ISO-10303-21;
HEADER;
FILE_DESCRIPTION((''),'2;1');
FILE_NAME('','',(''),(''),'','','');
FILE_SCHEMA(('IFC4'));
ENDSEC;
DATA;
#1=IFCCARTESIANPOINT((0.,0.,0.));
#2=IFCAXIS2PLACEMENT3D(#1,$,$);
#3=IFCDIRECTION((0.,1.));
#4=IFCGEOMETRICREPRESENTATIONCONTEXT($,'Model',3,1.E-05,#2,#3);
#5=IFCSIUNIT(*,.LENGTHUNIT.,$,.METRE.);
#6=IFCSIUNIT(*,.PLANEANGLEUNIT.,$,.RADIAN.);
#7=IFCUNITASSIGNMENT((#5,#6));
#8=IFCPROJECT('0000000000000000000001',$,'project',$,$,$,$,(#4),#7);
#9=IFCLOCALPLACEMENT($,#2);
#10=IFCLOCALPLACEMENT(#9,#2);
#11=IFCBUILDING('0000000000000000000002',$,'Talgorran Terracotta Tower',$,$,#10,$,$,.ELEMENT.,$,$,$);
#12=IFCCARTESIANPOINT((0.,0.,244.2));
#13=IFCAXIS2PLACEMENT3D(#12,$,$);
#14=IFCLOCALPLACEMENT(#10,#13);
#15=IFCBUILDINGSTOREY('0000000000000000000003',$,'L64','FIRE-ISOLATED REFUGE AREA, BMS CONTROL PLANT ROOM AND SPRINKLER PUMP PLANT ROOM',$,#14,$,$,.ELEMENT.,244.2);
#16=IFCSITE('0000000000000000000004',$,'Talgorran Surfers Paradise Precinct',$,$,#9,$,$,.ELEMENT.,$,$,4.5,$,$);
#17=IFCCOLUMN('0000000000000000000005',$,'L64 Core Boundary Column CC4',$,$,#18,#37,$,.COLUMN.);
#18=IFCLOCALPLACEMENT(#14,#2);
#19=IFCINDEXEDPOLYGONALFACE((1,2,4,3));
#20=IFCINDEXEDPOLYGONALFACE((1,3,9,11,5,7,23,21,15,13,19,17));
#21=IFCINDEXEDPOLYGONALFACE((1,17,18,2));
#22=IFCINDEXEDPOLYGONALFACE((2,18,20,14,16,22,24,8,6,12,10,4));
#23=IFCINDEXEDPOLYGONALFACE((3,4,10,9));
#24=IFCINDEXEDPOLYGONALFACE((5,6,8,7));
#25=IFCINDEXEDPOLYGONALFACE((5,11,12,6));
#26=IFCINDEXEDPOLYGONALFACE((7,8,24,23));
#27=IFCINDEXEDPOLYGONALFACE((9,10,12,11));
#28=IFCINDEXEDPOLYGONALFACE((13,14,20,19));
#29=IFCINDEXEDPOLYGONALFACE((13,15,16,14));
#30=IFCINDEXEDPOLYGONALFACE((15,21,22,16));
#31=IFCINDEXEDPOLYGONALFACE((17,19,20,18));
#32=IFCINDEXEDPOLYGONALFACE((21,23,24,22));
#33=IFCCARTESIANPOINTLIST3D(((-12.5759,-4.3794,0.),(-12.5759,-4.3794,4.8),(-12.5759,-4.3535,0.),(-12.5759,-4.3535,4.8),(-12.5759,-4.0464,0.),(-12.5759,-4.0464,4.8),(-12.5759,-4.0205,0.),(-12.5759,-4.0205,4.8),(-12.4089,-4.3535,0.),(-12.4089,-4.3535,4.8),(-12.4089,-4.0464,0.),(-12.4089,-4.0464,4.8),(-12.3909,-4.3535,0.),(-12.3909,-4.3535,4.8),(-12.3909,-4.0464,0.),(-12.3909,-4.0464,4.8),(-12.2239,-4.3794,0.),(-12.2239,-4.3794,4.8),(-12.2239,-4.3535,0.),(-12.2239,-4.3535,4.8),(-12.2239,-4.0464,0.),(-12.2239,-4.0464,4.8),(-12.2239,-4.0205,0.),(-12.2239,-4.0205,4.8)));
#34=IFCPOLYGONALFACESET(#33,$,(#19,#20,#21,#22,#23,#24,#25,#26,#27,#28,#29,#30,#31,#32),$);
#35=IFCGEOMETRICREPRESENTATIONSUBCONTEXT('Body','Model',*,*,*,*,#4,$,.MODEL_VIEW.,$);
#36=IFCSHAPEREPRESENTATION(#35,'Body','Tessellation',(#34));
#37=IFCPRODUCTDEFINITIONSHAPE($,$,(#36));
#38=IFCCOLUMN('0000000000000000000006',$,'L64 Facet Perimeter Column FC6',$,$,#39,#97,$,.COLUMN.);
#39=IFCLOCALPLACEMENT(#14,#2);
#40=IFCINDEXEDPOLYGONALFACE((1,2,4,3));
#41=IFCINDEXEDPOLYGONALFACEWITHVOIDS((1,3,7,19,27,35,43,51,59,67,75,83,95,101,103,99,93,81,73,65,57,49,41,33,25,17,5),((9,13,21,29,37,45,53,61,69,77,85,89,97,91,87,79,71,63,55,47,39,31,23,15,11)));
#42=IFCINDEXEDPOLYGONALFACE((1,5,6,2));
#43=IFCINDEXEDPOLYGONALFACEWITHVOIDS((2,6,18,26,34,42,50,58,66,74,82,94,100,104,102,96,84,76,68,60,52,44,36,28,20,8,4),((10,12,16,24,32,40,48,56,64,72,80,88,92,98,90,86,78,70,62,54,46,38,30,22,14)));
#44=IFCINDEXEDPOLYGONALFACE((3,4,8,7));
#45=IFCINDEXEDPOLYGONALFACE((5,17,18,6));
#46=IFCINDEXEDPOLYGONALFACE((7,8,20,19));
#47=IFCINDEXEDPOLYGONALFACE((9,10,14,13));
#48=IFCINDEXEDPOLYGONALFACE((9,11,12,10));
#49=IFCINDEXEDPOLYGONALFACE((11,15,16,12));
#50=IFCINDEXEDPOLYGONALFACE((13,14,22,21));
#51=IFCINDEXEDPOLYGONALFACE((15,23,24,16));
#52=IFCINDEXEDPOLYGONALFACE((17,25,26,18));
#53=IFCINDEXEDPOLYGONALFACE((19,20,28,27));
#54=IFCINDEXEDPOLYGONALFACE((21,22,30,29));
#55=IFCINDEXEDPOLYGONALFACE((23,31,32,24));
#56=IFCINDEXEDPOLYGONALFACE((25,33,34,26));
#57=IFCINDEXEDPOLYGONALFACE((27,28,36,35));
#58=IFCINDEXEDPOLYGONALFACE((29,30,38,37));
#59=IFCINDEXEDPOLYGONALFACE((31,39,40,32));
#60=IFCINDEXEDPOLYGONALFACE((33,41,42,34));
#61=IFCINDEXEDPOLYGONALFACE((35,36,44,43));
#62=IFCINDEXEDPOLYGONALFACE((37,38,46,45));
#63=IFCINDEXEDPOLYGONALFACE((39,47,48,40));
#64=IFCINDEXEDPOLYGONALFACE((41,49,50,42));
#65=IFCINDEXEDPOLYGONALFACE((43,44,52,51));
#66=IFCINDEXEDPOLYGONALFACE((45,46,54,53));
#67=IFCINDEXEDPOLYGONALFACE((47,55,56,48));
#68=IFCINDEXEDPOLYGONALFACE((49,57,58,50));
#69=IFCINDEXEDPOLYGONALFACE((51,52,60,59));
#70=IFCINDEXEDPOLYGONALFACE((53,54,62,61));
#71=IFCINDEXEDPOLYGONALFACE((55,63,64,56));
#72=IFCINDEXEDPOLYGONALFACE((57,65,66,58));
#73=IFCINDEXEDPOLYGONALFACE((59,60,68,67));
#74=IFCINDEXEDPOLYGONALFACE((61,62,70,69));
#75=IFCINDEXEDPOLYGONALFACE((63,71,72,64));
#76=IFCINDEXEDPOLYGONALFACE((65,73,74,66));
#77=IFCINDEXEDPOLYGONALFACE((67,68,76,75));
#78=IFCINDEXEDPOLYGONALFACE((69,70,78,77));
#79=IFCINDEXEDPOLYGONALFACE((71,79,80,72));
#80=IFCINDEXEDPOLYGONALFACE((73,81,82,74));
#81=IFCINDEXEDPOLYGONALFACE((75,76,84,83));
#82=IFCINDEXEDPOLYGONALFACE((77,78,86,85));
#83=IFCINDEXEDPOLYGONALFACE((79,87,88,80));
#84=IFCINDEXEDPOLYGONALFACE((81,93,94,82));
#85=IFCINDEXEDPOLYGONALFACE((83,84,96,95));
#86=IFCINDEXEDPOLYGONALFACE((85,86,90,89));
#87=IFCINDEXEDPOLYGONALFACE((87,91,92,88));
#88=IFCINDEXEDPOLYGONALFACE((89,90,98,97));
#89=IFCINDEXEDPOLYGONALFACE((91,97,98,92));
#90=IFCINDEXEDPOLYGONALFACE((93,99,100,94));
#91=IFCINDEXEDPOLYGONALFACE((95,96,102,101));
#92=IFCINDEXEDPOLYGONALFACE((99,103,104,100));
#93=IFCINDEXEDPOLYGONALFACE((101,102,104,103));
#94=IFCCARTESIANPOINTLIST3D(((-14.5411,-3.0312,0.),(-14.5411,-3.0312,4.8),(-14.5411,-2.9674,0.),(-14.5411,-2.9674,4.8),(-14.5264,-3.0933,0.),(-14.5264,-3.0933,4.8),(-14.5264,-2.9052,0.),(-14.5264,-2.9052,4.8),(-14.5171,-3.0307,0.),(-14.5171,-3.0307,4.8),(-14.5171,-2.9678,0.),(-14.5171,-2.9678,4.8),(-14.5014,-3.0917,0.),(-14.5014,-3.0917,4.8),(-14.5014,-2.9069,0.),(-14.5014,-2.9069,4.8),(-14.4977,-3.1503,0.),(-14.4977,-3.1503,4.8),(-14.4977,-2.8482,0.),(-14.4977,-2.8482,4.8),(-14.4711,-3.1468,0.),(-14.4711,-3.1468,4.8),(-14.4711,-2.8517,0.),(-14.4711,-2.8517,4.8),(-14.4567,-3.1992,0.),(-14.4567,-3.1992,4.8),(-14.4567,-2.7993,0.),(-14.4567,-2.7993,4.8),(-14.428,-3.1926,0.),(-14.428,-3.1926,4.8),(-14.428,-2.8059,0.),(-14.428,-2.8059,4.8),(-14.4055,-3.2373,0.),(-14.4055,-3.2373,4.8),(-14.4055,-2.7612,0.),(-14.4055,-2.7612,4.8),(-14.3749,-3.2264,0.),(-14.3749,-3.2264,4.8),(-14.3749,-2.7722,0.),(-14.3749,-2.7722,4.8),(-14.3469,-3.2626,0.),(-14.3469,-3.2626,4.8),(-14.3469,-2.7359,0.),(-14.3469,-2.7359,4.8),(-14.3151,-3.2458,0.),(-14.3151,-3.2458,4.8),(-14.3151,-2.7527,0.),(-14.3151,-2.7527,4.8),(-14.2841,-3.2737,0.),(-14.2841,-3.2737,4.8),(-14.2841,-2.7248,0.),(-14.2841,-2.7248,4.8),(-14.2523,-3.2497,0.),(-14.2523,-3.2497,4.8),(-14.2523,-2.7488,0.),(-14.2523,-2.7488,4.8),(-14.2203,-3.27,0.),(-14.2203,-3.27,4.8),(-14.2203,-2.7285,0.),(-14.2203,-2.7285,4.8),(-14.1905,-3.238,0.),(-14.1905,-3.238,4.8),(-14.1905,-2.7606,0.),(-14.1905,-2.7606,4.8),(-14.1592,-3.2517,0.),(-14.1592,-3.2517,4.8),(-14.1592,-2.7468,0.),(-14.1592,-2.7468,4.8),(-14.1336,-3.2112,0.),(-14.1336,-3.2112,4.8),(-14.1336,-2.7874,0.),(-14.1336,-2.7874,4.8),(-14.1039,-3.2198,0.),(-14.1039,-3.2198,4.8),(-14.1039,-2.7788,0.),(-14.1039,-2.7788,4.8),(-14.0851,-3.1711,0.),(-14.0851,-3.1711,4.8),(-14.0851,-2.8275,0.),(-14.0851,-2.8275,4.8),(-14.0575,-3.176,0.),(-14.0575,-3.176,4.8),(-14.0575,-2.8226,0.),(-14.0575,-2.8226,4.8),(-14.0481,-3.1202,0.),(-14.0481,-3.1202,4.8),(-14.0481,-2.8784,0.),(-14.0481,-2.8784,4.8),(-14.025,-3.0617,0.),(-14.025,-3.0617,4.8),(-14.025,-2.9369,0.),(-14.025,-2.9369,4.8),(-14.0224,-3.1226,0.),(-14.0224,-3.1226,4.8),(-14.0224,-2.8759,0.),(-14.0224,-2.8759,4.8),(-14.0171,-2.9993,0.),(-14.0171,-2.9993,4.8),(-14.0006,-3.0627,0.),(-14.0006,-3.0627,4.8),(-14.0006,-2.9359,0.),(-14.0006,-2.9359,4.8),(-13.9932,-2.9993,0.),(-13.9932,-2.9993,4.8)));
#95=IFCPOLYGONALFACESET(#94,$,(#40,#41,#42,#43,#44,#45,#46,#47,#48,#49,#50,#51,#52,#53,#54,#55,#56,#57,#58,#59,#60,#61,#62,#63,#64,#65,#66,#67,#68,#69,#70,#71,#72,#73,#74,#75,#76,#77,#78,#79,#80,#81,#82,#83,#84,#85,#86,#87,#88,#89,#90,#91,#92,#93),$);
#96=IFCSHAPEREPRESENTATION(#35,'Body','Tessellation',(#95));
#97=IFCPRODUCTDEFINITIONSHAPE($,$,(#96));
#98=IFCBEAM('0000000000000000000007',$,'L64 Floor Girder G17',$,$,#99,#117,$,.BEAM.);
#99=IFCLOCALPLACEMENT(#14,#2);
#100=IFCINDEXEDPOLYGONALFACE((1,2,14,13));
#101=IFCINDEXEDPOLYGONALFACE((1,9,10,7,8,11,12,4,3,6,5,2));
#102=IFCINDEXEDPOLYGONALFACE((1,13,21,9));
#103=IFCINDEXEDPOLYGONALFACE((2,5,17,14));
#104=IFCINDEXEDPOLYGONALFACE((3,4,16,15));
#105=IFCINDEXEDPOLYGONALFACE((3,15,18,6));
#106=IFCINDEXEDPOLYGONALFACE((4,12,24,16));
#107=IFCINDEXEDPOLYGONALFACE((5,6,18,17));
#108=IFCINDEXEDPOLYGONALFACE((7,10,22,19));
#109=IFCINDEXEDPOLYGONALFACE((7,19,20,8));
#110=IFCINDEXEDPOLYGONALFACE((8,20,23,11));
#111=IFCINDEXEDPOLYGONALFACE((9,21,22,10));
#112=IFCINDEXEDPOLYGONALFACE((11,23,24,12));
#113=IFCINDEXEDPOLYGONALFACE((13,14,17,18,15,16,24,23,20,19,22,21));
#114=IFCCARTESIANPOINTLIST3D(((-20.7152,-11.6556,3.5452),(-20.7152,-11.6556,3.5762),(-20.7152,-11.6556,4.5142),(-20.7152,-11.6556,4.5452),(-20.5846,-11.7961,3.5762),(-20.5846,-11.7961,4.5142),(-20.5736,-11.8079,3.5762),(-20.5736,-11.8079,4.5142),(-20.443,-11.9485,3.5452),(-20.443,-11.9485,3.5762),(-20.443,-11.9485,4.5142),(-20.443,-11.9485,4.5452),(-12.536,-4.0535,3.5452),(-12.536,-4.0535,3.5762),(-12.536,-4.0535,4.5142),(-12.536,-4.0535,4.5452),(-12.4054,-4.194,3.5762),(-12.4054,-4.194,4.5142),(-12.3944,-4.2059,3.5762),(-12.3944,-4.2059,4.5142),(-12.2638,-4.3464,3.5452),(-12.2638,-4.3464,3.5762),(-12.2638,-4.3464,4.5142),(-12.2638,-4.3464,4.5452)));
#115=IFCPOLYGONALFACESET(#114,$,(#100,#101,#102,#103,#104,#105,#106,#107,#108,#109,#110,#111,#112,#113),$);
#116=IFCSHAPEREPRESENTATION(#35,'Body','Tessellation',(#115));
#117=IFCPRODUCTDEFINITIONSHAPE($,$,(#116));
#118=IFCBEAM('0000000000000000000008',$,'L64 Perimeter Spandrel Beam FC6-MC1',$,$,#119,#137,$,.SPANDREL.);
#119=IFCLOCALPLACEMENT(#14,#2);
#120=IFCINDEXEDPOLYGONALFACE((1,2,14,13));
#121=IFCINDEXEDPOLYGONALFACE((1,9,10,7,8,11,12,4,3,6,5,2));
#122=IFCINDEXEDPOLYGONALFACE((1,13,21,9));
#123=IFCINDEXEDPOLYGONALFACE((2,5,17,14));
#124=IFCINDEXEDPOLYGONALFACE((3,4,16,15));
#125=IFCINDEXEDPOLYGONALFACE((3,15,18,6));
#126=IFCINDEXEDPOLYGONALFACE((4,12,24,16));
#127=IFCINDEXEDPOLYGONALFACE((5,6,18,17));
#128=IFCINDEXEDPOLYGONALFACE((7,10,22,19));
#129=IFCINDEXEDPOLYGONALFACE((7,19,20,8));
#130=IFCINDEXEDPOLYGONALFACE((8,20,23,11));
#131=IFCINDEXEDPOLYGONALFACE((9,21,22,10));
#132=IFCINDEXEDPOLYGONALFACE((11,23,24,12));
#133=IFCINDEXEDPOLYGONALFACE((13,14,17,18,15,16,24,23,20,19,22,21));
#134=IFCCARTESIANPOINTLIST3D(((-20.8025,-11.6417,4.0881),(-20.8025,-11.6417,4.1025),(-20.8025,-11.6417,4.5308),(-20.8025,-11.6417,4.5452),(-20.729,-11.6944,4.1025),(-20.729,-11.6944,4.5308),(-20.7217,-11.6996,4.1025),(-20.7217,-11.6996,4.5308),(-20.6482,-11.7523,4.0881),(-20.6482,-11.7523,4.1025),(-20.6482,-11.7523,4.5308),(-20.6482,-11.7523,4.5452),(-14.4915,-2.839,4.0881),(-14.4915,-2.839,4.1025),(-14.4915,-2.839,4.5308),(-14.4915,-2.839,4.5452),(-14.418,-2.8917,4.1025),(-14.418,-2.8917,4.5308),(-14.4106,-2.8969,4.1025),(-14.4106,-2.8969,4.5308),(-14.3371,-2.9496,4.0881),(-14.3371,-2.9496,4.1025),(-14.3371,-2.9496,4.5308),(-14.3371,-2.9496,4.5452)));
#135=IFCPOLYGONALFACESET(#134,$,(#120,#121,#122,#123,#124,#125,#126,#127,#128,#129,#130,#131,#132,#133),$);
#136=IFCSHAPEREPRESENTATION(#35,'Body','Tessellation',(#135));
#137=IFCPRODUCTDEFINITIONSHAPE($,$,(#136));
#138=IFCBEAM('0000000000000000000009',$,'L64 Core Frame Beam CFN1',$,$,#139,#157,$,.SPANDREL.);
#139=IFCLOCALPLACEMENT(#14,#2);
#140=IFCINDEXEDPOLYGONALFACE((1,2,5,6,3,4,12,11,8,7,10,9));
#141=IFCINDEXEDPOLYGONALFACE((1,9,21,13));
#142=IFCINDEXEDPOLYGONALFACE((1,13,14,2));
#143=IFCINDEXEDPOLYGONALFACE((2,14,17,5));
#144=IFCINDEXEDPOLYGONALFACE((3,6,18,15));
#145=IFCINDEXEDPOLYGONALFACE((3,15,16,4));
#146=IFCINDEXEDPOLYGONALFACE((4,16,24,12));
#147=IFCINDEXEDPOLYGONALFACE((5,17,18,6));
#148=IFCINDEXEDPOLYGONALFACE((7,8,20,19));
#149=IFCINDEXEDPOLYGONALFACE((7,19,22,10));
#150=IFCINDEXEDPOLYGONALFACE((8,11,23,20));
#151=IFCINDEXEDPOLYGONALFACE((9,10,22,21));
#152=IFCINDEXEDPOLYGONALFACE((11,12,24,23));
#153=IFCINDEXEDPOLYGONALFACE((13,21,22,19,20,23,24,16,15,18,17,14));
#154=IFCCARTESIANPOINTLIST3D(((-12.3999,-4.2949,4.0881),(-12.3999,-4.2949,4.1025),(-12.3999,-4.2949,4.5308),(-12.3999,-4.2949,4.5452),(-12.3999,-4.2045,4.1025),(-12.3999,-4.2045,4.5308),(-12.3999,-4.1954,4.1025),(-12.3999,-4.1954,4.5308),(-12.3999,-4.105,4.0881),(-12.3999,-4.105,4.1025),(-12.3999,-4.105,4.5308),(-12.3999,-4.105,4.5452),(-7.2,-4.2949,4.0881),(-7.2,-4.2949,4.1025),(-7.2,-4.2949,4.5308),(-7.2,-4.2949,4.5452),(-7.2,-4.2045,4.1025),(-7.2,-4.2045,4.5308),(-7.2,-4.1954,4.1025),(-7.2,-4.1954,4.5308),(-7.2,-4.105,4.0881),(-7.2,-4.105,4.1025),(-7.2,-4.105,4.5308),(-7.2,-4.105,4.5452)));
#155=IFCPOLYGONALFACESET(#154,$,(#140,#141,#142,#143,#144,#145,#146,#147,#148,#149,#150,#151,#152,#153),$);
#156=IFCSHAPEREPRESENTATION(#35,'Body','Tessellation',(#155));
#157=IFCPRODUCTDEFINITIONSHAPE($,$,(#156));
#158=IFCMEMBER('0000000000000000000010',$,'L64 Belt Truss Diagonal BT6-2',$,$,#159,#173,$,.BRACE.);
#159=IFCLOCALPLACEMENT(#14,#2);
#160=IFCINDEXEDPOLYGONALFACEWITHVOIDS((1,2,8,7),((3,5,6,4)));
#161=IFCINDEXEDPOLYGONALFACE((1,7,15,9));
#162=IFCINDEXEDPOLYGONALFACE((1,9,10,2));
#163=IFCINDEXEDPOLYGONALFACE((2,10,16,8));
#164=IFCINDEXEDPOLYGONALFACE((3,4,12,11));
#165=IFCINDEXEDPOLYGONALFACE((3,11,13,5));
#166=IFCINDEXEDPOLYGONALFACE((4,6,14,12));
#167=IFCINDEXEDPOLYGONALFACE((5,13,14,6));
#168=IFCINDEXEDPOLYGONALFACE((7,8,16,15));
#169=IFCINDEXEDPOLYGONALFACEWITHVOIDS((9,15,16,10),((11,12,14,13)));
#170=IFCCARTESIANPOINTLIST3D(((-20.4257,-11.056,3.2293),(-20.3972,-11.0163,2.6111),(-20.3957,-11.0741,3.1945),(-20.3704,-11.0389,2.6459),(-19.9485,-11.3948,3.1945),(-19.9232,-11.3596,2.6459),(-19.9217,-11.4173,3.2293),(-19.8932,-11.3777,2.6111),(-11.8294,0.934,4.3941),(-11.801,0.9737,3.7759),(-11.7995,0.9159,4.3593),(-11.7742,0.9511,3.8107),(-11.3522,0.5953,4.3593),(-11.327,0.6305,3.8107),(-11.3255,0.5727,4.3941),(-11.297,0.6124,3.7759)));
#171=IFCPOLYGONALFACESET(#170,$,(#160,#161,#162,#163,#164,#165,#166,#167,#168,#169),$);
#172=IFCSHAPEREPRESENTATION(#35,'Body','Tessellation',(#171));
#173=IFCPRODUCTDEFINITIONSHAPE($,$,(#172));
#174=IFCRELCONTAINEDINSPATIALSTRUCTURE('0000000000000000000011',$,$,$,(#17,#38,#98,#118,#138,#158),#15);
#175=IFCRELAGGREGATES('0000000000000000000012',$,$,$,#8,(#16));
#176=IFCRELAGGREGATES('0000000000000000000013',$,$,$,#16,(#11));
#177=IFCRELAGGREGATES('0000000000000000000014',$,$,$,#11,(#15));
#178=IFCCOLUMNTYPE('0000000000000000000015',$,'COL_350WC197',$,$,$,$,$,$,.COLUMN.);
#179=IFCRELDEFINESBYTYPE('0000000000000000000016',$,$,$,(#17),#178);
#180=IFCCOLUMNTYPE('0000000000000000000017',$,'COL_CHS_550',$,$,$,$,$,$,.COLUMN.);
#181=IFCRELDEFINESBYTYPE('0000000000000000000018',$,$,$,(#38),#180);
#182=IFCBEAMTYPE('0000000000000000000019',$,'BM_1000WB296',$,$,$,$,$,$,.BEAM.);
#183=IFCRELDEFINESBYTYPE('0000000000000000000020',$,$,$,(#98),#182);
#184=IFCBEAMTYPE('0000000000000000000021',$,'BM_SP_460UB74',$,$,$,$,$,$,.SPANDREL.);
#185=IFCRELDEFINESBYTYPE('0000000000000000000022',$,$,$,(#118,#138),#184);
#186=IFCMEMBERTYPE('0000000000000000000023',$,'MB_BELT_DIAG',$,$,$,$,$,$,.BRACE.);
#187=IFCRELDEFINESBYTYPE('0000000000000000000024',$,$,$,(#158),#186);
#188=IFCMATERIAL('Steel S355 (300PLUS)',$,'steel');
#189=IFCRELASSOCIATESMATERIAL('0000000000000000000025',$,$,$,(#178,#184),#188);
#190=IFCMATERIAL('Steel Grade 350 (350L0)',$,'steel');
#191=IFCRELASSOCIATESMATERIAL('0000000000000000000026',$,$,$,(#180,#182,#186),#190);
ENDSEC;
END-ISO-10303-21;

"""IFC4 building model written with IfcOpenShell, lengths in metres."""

from ifc_helpers import new_model, si_unit, direction, frame, origin, origin_2d, place, context, subcontext, project, spatial, hollow_rectangle, hollow_circle, i_section, extrude, material, material_profile, profile_set, type_object, element, save


model = new_model("IFC4")

# Units and contexts
model_context = context("Model", 3, precision=1e-05, world=origin(), true_north=direction((0.0, 1.0)))
body_context = subcontext(model_context, "Body", "Model", "MODEL_VIEW")
ifc_project = project(units=[si_unit("LENGTHUNIT", "METRE"), si_unit("PLANEANGLEUNIT", "RADIAN")], contexts=[model_context])

# Site, building, storey
site_placement = place(None, origin())
site = spatial("IfcSite", under=ifc_project, at=site_placement, Name="Talgorran Surfers Paradise Precinct", CompositionType="ELEMENT", RefElevation=4.5)
building_placement = place(site_placement, origin())
building = spatial("IfcBuilding", under=site, at=building_placement, Name="Talgorran Terracotta Tower", CompositionType="ELEMENT")
storey_placement = place(building_placement, frame((0.0, 0.0, 244.2)))
storey = spatial("IfcBuildingStorey", under=building, at=storey_placement, Name="L64", Description="FIRE-ISOLATED REFUGE AREA, BMS CONTROL PLANT ROOM AND SPRINKLER PUMP PLANT ROOM", CompositionType="ELEMENT", Elevation=244.2)

# Columns
ifc_material_1 = material(Name="Steel S355 (300PLUS)", Category="steel")
ifc_material_profile_1 = material_profile(ifc_material_1, i_section(OverallWidth=0.3521, OverallDepth=0.3589, WebThickness=0.0181, FlangeThickness=0.0259, at=origin_2d()), Name="350WC197")
ifc_profile_set_1 = profile_set([ifc_material_profile_1], Name="Steel S355 (300PLUS)")
column_type_1 = type_object("IfcColumnType", Name="COL_350WC197", PredefinedType="COLUMN", material=ifc_profile_set_1)
column_1_placement = place(storey_placement, frame((-12.3999, -4.2, 0.0), z_axis=(0.0, 0.0, 1.0), x_axis=(1.0, 0.0, 0.0)))
element("IfcColumn", 1, at=column_1_placement, inside=storey, type_object=column_type_1, Name="L64 Core Boundary Column CC4", PredefinedType="COLUMN", context=body_context, shape_type="SweptSolid", body=[
    extrude(i_section(OverallWidth=0.3521, OverallDepth=0.3589, WebThickness=0.0181, FlangeThickness=0.0259, at=origin_2d()), origin(), (0.0, 0.0, 1.0), 4.8),
])
ifc_material_2 = material(Name="Steel Grade 350 (350L0)", Category="steel")
ifc_material_profile_2 = material_profile(ifc_material_2, hollow_circle(Radius=0.2749, WallThickness=0.0239, at=origin_2d()), Name="CHS550X24")
ifc_profile_set_2 = profile_set([ifc_material_profile_2], Name="Steel Grade 350 (350L0)")
column_type_2 = type_object("IfcColumnType", Name="COL_CHS_550", PredefinedType="COLUMN", material=ifc_profile_set_2)
column_2_placement = place(storey_placement, frame((-14.2681, -2.9993, 0.0), z_axis=(0.0, 0.0, 1.0), x_axis=(1.0, 0.0, 0.0)))
element("IfcColumn", 2, at=column_2_placement, inside=storey, type_object=column_type_2, Name="L64 Facet Perimeter Column FC6", PredefinedType="COLUMN", context=body_context, shape_type="SweptSolid", body=[
    extrude(hollow_circle(Radius=0.2749, WallThickness=0.0239, at=origin_2d()), origin(), (0.0, 0.0, 1.0), 4.8),
])

# Beams
ifc_material_profile_3 = material_profile(ifc_material_2, i_section(OverallWidth=0.3999, OverallDepth=1.0, WebThickness=0.0161, FlangeThickness=0.031, at=origin_2d()), Name="1000WB296")
ifc_profile_set_3 = profile_set([ifc_material_profile_3], Name="Steel Grade 350 (350L0)")
beam_type_1 = type_object("IfcBeamType", Name="BM_1000WB296", PredefinedType="BEAM", material=ifc_profile_set_3)
beam_1_placement = place(storey_placement, frame((-12.3999, -4.2, 4.0452), z_axis=(-0.732477, -0.680792, 0.0), x_axis=(0.680792, -0.732477, 0.0)))
element("IfcBeam", 3, at=beam_1_placement, inside=storey, type_object=beam_type_1, Name="L64 Floor Girder G17", PredefinedType="BEAM", context=body_context, shape_type="SweptSolid", body=[
    extrude(i_section(OverallWidth=0.3999, OverallDepth=1.0, WebThickness=0.0161, FlangeThickness=0.031, at=origin_2d()), origin(), (0.0, 0.0, 1.0), 11.1665),
])
ifc_material_profile_4 = material_profile(ifc_material_1, i_section(OverallWidth=0.1899, OverallDepth=0.457, WebThickness=0.009, FlangeThickness=0.0144, at=origin_2d()), Name="460UB74.6")
ifc_profile_set_4 = profile_set([ifc_material_profile_4], Name="Steel S355 (300PLUS)")
beam_type_2 = type_object("IfcBeamType", Name="BM_SP_460UB74", PredefinedType="SPANDREL", material=ifc_profile_set_4)
beam_2_placement = place(storey_placement, frame((-14.4143, -2.8943, 4.3167), z_axis=(-0.582666, -0.812712, 0.0), x_axis=(0.812712, -0.582666, 0.0)))
element("IfcBeam", 4, at=beam_2_placement, inside=storey, type_object=beam_type_2, Name="L64 Perimeter Spandrel Beam FC6-MC1", PredefinedType="SPANDREL", context=body_context, shape_type="SweptSolid", body=[
    extrude(i_section(OverallWidth=0.1899, OverallDepth=0.457, WebThickness=0.009, FlangeThickness=0.0144, at=origin_2d()), origin(), (0.0, 0.0, 1.0), 10.8313),
])
beam_3_placement = place(storey_placement, frame((-12.3999, -4.2, 4.3167), z_axis=(1.0, 0.0, 0.0), x_axis=(0.0, 1.0, 0.0)))
element("IfcBeam", 5, at=beam_3_placement, inside=storey, type_object=beam_type_2, Name="L64 Core Frame Beam CFN1", PredefinedType="SPANDREL", context=body_context, shape_type="SweptSolid", body=[
    extrude(i_section(OverallWidth=0.1899, OverallDepth=0.457, WebThickness=0.009, FlangeThickness=0.0144, at=origin_2d()), origin(), (0.0, 0.0, 1.0), 5.2),
])

# Member
ifc_material_profile_5 = material_profile(ifc_material_2, hollow_rectangle(XDim=0.6201, YDim=0.6201, WallThickness=0.0349, at=origin_2d()), Name="WBOX620X620X35")
ifc_profile_set_5 = profile_set([ifc_material_profile_5], Name="Steel Grade 350 (350L0)")
member_type_1 = type_object("IfcMemberType", Name="MB_BELT_DIAG", PredefinedType="BRACE", material=ifc_profile_set_5)
member_1_placement = place(storey_placement, frame((-11.5632, 0.7732, 4.085), z_axis=(-0.580862, -0.810188, -0.078708), x_axis=(0.812709, -0.58267, 0.0)))
element("IfcMember", 6, at=member_1_placement, inside=storey, type_object=member_type_1, Name="L64 Belt Truss Diagonal BT6-2", PredefinedType="BRACE", context=body_context, shape_type="SweptSolid", body=[
    extrude(hollow_rectangle(XDim=0.6201, YDim=0.6201, WallThickness=0.0349, at=origin_2d()), origin(), (0.0, 0.0, 1.0), 14.7991),
])

save(model, "model.ifc")
